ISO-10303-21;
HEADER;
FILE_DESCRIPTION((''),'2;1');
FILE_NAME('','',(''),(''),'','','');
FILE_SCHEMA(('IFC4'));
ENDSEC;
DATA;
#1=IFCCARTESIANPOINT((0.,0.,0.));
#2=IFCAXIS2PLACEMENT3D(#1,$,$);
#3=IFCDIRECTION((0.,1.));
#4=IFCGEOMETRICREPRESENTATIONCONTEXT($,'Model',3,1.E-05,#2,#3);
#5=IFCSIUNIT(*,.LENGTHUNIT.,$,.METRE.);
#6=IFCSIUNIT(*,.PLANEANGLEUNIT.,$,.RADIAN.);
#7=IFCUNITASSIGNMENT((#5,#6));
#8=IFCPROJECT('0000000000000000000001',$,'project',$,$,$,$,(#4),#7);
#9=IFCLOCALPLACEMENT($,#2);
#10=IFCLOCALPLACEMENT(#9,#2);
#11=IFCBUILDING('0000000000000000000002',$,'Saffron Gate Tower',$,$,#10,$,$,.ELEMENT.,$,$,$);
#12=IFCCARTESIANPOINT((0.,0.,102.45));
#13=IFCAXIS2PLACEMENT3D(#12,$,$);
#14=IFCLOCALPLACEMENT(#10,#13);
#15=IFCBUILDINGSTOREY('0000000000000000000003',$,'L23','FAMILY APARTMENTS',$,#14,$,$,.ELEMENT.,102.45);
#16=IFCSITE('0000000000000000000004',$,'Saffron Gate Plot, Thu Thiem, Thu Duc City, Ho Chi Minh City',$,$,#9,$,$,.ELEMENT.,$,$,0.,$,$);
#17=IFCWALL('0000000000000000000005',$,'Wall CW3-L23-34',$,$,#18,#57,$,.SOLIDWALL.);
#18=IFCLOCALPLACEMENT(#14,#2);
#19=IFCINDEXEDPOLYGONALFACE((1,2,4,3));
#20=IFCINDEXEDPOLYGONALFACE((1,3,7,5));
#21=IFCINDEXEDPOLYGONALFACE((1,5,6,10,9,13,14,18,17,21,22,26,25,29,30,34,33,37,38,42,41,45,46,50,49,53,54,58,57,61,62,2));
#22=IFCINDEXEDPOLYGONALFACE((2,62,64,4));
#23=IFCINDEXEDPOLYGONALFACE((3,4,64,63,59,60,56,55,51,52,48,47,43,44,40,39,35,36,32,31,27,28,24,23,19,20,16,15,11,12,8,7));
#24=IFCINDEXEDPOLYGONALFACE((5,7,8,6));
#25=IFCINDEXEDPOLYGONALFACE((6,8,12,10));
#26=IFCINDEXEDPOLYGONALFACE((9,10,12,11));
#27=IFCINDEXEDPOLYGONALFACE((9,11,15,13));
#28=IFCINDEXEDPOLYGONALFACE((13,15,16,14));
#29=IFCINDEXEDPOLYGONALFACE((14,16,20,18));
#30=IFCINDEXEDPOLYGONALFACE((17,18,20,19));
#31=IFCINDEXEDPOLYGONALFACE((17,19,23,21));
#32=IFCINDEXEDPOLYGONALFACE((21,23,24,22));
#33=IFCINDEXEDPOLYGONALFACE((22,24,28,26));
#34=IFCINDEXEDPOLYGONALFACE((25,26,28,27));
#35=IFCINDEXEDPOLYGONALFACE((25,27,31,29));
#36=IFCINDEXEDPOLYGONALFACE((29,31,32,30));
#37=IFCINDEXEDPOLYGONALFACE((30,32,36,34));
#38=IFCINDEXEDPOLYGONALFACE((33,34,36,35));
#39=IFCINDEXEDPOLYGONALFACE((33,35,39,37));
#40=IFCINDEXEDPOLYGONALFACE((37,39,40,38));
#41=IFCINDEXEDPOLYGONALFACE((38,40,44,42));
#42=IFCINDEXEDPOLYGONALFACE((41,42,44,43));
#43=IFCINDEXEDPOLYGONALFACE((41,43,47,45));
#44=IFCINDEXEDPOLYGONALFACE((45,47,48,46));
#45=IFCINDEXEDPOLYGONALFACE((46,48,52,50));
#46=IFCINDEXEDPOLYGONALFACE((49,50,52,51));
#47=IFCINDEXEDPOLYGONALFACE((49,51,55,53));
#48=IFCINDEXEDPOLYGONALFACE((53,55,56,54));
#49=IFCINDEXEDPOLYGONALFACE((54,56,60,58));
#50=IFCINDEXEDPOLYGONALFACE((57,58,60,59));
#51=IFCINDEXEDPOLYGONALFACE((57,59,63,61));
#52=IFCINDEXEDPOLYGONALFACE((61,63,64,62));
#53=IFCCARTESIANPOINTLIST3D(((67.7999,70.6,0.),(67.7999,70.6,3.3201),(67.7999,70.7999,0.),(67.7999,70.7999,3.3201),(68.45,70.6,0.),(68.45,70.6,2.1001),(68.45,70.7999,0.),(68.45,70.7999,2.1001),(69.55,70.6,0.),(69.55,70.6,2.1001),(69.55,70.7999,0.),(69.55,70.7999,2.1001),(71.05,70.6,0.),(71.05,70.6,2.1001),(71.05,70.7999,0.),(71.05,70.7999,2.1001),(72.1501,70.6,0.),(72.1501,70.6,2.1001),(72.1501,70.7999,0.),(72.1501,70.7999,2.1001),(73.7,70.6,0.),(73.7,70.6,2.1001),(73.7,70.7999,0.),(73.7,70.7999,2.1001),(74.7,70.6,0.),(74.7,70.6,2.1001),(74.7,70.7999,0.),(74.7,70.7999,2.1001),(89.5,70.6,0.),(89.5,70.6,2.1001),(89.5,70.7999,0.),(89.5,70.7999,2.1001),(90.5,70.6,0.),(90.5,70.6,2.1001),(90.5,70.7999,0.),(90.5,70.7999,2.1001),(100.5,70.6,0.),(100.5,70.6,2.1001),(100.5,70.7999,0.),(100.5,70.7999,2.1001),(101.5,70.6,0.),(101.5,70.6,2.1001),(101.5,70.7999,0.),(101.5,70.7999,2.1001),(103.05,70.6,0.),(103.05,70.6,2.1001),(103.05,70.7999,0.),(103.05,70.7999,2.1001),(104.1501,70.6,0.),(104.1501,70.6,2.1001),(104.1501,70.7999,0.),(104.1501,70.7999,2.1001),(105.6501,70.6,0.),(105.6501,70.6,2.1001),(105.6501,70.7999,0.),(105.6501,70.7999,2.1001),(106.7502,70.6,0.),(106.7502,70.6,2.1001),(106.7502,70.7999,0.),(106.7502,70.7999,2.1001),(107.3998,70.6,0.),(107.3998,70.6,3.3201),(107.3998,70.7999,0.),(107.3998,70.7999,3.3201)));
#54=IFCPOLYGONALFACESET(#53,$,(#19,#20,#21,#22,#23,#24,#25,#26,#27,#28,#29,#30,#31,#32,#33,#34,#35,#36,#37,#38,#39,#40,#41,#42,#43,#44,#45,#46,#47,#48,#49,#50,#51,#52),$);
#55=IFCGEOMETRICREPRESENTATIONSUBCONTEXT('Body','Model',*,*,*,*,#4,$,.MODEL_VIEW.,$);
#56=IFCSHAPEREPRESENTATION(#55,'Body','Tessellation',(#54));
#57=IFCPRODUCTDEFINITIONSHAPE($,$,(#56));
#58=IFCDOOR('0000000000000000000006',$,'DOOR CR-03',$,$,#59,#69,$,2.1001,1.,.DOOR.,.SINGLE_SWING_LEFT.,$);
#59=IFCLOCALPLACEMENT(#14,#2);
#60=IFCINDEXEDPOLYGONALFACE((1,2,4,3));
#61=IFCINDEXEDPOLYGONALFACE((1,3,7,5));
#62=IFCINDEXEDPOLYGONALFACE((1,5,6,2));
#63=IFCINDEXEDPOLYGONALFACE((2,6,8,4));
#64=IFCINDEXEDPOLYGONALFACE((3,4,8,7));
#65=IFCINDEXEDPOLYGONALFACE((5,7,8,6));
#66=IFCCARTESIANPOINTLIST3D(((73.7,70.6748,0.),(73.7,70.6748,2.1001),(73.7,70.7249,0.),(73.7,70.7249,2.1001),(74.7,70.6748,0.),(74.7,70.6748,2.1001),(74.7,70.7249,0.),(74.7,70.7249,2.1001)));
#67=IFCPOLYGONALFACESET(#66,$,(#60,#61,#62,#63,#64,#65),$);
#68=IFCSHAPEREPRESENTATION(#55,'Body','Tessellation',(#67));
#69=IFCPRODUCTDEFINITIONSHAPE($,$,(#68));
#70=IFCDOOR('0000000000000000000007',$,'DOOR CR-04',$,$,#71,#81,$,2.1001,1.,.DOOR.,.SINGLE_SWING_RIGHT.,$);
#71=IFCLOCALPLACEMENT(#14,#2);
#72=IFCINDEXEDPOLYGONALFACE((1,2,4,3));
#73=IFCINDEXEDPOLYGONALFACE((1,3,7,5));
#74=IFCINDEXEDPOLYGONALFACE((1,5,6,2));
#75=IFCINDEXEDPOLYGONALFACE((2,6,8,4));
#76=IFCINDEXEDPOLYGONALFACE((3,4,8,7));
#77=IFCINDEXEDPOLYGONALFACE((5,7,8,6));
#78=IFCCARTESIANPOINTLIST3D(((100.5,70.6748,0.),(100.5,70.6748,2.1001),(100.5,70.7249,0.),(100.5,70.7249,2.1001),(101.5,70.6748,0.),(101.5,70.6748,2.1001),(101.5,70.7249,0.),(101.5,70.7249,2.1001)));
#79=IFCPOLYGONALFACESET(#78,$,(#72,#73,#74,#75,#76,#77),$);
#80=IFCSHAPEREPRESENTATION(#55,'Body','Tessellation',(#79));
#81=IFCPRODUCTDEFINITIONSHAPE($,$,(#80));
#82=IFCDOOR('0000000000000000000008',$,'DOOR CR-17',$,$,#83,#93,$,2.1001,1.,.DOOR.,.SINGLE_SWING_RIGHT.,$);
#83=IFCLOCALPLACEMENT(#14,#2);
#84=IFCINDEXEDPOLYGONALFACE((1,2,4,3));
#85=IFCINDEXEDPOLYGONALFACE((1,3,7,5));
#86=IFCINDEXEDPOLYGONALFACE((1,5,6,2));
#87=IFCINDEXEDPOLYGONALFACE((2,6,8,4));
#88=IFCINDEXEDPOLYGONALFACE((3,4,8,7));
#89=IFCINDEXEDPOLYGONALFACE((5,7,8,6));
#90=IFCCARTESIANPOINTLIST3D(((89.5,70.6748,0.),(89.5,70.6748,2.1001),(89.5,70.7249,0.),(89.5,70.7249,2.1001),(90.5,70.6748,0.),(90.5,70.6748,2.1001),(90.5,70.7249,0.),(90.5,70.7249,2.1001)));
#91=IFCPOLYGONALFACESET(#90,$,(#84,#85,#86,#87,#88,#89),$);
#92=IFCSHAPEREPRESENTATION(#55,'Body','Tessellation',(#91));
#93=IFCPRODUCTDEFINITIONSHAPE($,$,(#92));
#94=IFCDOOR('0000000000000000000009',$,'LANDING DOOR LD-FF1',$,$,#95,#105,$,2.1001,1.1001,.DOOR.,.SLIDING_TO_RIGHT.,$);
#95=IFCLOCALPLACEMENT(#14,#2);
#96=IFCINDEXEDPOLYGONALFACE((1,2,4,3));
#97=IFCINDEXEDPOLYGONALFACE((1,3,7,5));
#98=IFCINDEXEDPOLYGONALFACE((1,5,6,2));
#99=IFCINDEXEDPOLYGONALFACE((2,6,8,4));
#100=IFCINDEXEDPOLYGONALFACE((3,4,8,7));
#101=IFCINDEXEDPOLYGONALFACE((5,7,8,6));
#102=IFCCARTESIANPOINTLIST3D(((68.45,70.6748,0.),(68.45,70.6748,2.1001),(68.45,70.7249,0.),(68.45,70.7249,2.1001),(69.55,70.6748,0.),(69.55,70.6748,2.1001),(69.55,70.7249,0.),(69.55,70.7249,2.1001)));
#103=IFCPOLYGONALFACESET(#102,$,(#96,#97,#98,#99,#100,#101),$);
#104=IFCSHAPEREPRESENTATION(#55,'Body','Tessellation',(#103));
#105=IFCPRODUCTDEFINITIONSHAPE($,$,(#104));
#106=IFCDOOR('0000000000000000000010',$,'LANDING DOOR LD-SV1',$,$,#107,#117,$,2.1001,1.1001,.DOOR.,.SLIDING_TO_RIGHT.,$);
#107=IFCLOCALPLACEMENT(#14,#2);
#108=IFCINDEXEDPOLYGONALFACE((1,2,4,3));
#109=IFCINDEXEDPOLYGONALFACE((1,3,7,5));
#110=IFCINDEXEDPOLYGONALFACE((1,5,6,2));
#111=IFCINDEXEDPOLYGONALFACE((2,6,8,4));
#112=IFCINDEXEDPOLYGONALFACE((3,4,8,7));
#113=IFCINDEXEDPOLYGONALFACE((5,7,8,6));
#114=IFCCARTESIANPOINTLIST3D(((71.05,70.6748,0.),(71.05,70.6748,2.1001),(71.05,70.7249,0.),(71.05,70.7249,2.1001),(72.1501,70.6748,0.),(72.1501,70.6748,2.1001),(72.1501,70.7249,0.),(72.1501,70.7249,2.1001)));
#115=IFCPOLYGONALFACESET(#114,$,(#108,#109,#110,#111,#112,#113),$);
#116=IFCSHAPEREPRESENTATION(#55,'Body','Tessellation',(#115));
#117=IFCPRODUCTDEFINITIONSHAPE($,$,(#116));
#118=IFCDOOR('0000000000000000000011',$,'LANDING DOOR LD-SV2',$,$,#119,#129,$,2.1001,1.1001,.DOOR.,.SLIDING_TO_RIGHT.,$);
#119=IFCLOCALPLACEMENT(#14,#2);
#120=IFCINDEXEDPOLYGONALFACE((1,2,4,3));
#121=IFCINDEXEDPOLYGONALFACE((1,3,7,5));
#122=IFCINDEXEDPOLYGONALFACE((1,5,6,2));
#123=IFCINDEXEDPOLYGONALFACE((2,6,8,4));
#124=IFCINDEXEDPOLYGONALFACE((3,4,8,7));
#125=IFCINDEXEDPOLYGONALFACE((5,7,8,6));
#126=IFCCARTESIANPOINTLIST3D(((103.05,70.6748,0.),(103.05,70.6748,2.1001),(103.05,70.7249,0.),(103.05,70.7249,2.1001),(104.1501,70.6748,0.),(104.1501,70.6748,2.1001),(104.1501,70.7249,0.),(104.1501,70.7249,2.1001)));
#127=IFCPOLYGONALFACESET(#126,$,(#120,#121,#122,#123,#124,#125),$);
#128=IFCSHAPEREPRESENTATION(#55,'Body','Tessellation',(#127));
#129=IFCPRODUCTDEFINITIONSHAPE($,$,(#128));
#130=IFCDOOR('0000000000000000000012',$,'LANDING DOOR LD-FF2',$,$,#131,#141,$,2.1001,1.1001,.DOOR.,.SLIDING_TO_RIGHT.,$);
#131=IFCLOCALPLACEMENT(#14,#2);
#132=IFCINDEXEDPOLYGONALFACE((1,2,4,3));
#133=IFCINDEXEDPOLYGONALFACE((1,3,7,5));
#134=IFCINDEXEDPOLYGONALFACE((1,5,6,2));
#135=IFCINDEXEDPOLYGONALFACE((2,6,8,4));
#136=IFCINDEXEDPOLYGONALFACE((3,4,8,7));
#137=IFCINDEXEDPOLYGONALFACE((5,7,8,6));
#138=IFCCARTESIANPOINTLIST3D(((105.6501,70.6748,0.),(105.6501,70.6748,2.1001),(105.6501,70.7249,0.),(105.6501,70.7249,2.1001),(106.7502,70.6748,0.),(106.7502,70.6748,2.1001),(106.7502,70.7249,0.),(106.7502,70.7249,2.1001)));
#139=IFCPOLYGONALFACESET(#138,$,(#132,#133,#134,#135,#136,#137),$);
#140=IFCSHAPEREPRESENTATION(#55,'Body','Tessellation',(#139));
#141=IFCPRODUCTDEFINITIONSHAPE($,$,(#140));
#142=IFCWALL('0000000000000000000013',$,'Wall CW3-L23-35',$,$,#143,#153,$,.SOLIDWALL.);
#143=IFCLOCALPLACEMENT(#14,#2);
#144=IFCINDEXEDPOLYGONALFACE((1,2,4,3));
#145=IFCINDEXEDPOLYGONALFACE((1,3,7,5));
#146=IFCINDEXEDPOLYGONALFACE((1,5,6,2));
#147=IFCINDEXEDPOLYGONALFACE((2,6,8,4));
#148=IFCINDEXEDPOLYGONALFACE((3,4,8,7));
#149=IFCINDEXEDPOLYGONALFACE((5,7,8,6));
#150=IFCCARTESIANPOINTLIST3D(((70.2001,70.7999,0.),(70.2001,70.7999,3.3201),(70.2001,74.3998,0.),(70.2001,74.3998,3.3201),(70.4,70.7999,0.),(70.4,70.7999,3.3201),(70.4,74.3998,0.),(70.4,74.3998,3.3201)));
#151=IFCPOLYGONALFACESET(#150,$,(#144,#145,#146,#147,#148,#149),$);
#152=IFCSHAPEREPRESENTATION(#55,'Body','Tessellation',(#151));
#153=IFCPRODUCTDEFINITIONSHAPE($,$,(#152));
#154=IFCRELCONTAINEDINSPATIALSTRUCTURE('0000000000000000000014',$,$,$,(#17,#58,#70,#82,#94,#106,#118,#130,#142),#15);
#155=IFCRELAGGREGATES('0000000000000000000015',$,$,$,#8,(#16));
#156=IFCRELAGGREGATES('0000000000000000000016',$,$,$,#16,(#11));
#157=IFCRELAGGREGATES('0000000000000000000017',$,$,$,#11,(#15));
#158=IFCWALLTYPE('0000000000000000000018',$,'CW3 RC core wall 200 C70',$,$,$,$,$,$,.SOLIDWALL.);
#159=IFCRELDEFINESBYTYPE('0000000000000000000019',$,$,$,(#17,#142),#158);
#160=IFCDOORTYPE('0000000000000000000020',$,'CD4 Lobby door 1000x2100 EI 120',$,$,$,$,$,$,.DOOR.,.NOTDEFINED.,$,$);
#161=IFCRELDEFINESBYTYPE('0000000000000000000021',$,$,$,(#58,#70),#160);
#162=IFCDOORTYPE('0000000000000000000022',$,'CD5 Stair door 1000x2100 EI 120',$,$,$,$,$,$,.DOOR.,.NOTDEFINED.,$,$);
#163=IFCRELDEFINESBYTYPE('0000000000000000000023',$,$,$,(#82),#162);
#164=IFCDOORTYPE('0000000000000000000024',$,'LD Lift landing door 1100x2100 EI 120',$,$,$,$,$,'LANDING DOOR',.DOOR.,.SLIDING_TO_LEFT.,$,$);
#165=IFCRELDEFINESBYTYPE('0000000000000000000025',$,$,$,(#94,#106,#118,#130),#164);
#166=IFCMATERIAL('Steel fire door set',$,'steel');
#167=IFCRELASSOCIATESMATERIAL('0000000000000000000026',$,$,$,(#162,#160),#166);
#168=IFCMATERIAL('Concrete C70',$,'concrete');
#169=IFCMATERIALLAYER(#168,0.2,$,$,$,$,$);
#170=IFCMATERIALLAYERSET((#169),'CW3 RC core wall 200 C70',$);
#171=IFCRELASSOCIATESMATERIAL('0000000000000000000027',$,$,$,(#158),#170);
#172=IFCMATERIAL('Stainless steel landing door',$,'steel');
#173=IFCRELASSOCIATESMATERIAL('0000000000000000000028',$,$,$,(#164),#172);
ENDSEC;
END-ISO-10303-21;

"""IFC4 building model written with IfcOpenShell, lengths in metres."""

from ifc_helpers import new_model, si_unit, direction, frame, frame_2d, origin, place, context, subcontext, project, spatial, rectangle, extrude, material, layer, layer_set, type_object, element, fill, save


model = new_model("IFC4")

# Units and contexts
model_context = context("Model", 3, precision=1e-05, world=origin(), true_north=direction((0.0, 1.0)))
body_context = subcontext(model_context, "Body", "Model", "MODEL_VIEW")
ifc_project = project(units=[si_unit("LENGTHUNIT", "METRE"), si_unit("PLANEANGLEUNIT", "RADIAN")], contexts=[model_context])

# Site, building, storey
site_placement = place(None, origin())
site = spatial("IfcSite", under=ifc_project, at=site_placement, Name="Saffron Gate Plot, Thu Thiem, Thu Duc City, Ho Chi Minh City", CompositionType="ELEMENT", RefElevation=0.0)
building_placement = place(site_placement, origin())
building = spatial("IfcBuilding", under=site, at=building_placement, Name="Saffron Gate Tower", CompositionType="ELEMENT")
storey_placement = place(building_placement, frame((0.0, 0.0, 102.45)))
storey = spatial("IfcBuildingStorey", under=building, at=storey_placement, Name="L23", Description="FAMILY APARTMENTS", CompositionType="ELEMENT", Elevation=102.45)

# Shared definitions
ifc_material_1 = material(Name="Concrete C70", Category="concrete")

# Wall, openings, doors
ifc_material_2 = material(Name="Steel fire door set", Category="steel")
door_type_1 = type_object("IfcDoorType", Name="CD5 Stair door 1000x2100 EI 120", OperationType="NOTDEFINED", PredefinedType="DOOR", material=ifc_material_2)
ifc_layer_1 = layer(ifc_material_1, 0.2)
ifc_layer_set_1 = layer_set([ifc_layer_1], Name="CW3 RC core wall 200 C70")
wall_type_1 = type_object("IfcWallType", Name="CW3 RC core wall 200 C70", PredefinedType="SOLIDWALL", material=ifc_layer_set_1)
wall_1_placement = place(storey_placement, frame((67.8, 70.7, 0.0), z_axis=(0.0, 0.0, 1.0), x_axis=(1.0, 0.0, 0.0)))
wall_1 = element("IfcWall", 1, at=wall_1_placement, inside=storey, type_object=wall_type_1, Name="Wall CW3-L23-34", PredefinedType="SOLIDWALL", context=body_context, shape_type="SweptSolid", body=[
    extrude(rectangle(XDim=39.5999, YDim=0.2, at=frame_2d((19.7998, 0.0))), origin(), (0.0, 0.0, 1.0), 3.3201),
])
opening_1_placement = place(wall_1_placement, frame((0.6499, 0.0, 0.0)))
opening_1 = element("IfcOpeningElement", 2, at=opening_1_placement, cuts=wall_1, PredefinedType="OPENING", context=body_context, shape_type="SweptSolid", body=[
    extrude(rectangle(XDim=1.1001, YDim=2.1001, at=frame_2d((0.55, 1.05))), frame((0.0, 0.1099, 0.0), z_axis=(0.0, -1.0, 0.0), x_axis=(1.0, 0.0, 0.0)), (0.0, 0.0, 1.0), 0.22),
])
opening_2_placement = place(wall_1_placement, frame((3.25, 0.0, 0.0)))
opening_2 = element("IfcOpeningElement", 3, at=opening_2_placement, cuts=wall_1, PredefinedType="OPENING", context=body_context, shape_type="SweptSolid", body=[
    extrude(rectangle(XDim=1.1001, YDim=2.1001, at=frame_2d((0.55, 1.05))), frame((0.0, 0.1099, 0.0), z_axis=(0.0, -1.0, 0.0), x_axis=(1.0, 0.0, 0.0)), (0.0, 0.0, 1.0), 0.22),
])
opening_3_placement = place(wall_1_placement, frame((5.8999, 0.0, 0.0)))
opening_3 = element("IfcOpeningElement", 4, at=opening_3_placement, cuts=wall_1, PredefinedType="OPENING", context=body_context, shape_type="SweptSolid", body=[
    extrude(rectangle(XDim=1.0, YDim=2.1001, at=frame_2d((0.5, 1.05))), frame((0.0, 0.1099, 0.0), z_axis=(0.0, -1.0, 0.0), x_axis=(1.0, 0.0, 0.0)), (0.0, 0.0, 1.0), 0.22),
])
opening_4_placement = place(wall_1_placement, frame((21.7, 0.0, 0.0)))
opening_4 = element("IfcOpeningElement", 5, at=opening_4_placement, cuts=wall_1, PredefinedType="OPENING", context=body_context, shape_type="SweptSolid", body=[
    extrude(rectangle(XDim=1.0, YDim=2.1001, at=frame_2d((0.5, 1.05))), frame((0.0, 0.1099, 0.0), z_axis=(0.0, -1.0, 0.0), x_axis=(1.0, 0.0, 0.0)), (0.0, 0.0, 1.0), 0.22),
])
opening_5_placement = place(wall_1_placement, frame((32.7, 0.0, 0.0)))
opening_5 = element("IfcOpeningElement", 6, at=opening_5_placement, cuts=wall_1, PredefinedType="OPENING", context=body_context, shape_type="SweptSolid", body=[
    extrude(rectangle(XDim=1.0, YDim=2.1001, at=frame_2d((0.5, 1.05))), frame((0.0, 0.1099, 0.0), z_axis=(0.0, -1.0, 0.0), x_axis=(1.0, 0.0, 0.0)), (0.0, 0.0, 1.0), 0.22),
])
opening_6_placement = place(wall_1_placement, frame((35.25, 0.0, 0.0)))
opening_6 = element("IfcOpeningElement", 7, at=opening_6_placement, cuts=wall_1, PredefinedType="OPENING", context=body_context, shape_type="SweptSolid", body=[
    extrude(rectangle(XDim=1.1001, YDim=2.1001, at=frame_2d((0.55, 1.05))), frame((0.0, 0.1099, 0.0), z_axis=(0.0, -1.0, 0.0), x_axis=(1.0, 0.0, 0.0)), (0.0, 0.0, 1.0), 0.22),
])
opening_7_placement = place(wall_1_placement, frame((37.8501, 0.0, 0.0)))
opening_7 = element("IfcOpeningElement", 8, at=opening_7_placement, cuts=wall_1, PredefinedType="OPENING", context=body_context, shape_type="SweptSolid", body=[
    extrude(rectangle(XDim=1.1001, YDim=2.1001, at=frame_2d((0.55, 1.05))), frame((0.0, 0.1099, 0.0), z_axis=(0.0, -1.0, 0.0), x_axis=(1.0, 0.0, 0.0)), (0.0, 0.0, 1.0), 0.22),
])
door_type_2 = type_object("IfcDoorType", Name="CD4 Lobby door 1000x2100 EI 120", OperationType="NOTDEFINED", PredefinedType="DOOR", material=ifc_material_2)
door_1_placement = place(opening_3_placement, origin())
door_1 = element("IfcDoor", 9, at=door_1_placement, inside=storey, type_object=door_type_2, Name="DOOR CR-03", OperationType="SINGLE_SWING_LEFT", OverallHeight=2.1001, OverallWidth=1.0, PredefinedType="DOOR", context=body_context, shape_type="SweptSolid", body=[
    extrude(rectangle(XDim=1.0, YDim=2.1001, at=frame_2d((0.5, 1.05))), frame((0.0, 0.0249, 0.0), z_axis=(0.0, -1.0, 0.0), x_axis=(1.0, 0.0, 0.0)), (0.0, 0.0, 1.0), 0.05),
])
fill(opening_3, door_1)
door_2_placement = place(opening_5_placement, origin())
door_2 = element("IfcDoor", 10, at=door_2_placement, inside=storey, type_object=door_type_2, Name="DOOR CR-04", OperationType="SINGLE_SWING_RIGHT", OverallHeight=2.1001, OverallWidth=1.0, PredefinedType="DOOR", context=body_context, shape_type="SweptSolid", body=[
    extrude(rectangle(XDim=1.0, YDim=2.1001, at=frame_2d((0.5, 1.05))), frame((0.0, 0.0249, 0.0), z_axis=(0.0, -1.0, 0.0), x_axis=(1.0, 0.0, 0.0)), (0.0, 0.0, 1.0), 0.05),
])
fill(opening_5, door_2)
door_3_placement = place(opening_4_placement, origin())
door_3 = element("IfcDoor", 11, at=door_3_placement, inside=storey, type_object=door_type_1, Name="DOOR CR-17", OperationType="SINGLE_SWING_RIGHT", OverallHeight=2.1001, OverallWidth=1.0, PredefinedType="DOOR", context=body_context, shape_type="SweptSolid", body=[
    extrude(rectangle(XDim=1.0, YDim=2.1001, at=frame_2d((0.5, 1.05))), frame((0.0, 0.0249, 0.0), z_axis=(0.0, -1.0, 0.0), x_axis=(1.0, 0.0, 0.0)), (0.0, 0.0, 1.0), 0.05),
])
fill(opening_4, door_3)
ifc_material_3 = material(Name="Stainless steel landing door", Category="steel")
door_type_3 = type_object("IfcDoorType", Name="LD Lift landing door 1100x2100 EI 120", ElementType="LANDING DOOR", OperationType="SLIDING_TO_LEFT", PredefinedType="DOOR", material=ifc_material_3)
door_4_placement = place(opening_1_placement, origin())
door_4 = element("IfcDoor", 12, at=door_4_placement, inside=storey, type_object=door_type_3, Name="LANDING DOOR LD-FF1", OperationType="SLIDING_TO_RIGHT", OverallHeight=2.1001, OverallWidth=1.1001, PredefinedType="DOOR", context=body_context, shape_type="SweptSolid", body=[
    extrude(rectangle(XDim=1.1001, YDim=2.1001, at=frame_2d((0.55, 1.05))), frame((0.0, 0.0249, 0.0), z_axis=(0.0, -1.0, 0.0), x_axis=(1.0, 0.0, 0.0)), (0.0, 0.0, 1.0), 0.05),
])
fill(opening_1, door_4)
door_5_placement = place(opening_2_placement, origin())
door_5 = element("IfcDoor", 13, at=door_5_placement, inside=storey, type_object=door_type_3, Name="LANDING DOOR LD-SV1", OperationType="SLIDING_TO_RIGHT", OverallHeight=2.1001, OverallWidth=1.1001, PredefinedType="DOOR", context=body_context, shape_type="SweptSolid", body=[
    extrude(rectangle(XDim=1.1001, YDim=2.1001, at=frame_2d((0.55, 1.05))), frame((0.0, 0.0249, 0.0), z_axis=(0.0, -1.0, 0.0), x_axis=(1.0, 0.0, 0.0)), (0.0, 0.0, 1.0), 0.05),
])
fill(opening_2, door_5)
door_6_placement = place(opening_6_placement, origin())
door_6 = element("IfcDoor", 14, at=door_6_placement, inside=storey, type_object=door_type_3, Name="LANDING DOOR LD-SV2", OperationType="SLIDING_TO_RIGHT", OverallHeight=2.1001, OverallWidth=1.1001, PredefinedType="DOOR", context=body_context, shape_type="SweptSolid", body=[
    extrude(rectangle(XDim=1.1001, YDim=2.1001, at=frame_2d((0.55, 1.05))), frame((0.0, 0.0249, 0.0), z_axis=(0.0, -1.0, 0.0), x_axis=(1.0, 0.0, 0.0)), (0.0, 0.0, 1.0), 0.05),
])
fill(opening_6, door_6)
door_7_placement = place(opening_7_placement, origin())
door_7 = element("IfcDoor", 15, at=door_7_placement, inside=storey, type_object=door_type_3, Name="LANDING DOOR LD-FF2", OperationType="SLIDING_TO_RIGHT", OverallHeight=2.1001, OverallWidth=1.1001, PredefinedType="DOOR", context=body_context, shape_type="SweptSolid", body=[
    extrude(rectangle(XDim=1.1001, YDim=2.1001, at=frame_2d((0.55, 1.05))), frame((0.0, 0.0249, 0.0), z_axis=(0.0, -1.0, 0.0), x_axis=(1.0, 0.0, 0.0)), (0.0, 0.0, 1.0), 0.05),
])
fill(opening_7, door_7)

# Wall
wall_2_placement = place(storey_placement, frame((70.3, 70.8, 0.0), z_axis=(0.0, 0.0, 1.0), x_axis=(0.0, 1.0, 0.0)))
element("IfcWall", 16, at=wall_2_placement, inside=storey, type_object=wall_type_1, Name="Wall CW3-L23-35", PredefinedType="SOLIDWALL", context=body_context, shape_type="SweptSolid", body=[
    extrude(rectangle(XDim=3.5999, YDim=0.2, at=frame_2d((1.7998, 0.0))), origin(), (0.0, 0.0, 1.0), 3.3201),
])

save(model, "model.ifc")
